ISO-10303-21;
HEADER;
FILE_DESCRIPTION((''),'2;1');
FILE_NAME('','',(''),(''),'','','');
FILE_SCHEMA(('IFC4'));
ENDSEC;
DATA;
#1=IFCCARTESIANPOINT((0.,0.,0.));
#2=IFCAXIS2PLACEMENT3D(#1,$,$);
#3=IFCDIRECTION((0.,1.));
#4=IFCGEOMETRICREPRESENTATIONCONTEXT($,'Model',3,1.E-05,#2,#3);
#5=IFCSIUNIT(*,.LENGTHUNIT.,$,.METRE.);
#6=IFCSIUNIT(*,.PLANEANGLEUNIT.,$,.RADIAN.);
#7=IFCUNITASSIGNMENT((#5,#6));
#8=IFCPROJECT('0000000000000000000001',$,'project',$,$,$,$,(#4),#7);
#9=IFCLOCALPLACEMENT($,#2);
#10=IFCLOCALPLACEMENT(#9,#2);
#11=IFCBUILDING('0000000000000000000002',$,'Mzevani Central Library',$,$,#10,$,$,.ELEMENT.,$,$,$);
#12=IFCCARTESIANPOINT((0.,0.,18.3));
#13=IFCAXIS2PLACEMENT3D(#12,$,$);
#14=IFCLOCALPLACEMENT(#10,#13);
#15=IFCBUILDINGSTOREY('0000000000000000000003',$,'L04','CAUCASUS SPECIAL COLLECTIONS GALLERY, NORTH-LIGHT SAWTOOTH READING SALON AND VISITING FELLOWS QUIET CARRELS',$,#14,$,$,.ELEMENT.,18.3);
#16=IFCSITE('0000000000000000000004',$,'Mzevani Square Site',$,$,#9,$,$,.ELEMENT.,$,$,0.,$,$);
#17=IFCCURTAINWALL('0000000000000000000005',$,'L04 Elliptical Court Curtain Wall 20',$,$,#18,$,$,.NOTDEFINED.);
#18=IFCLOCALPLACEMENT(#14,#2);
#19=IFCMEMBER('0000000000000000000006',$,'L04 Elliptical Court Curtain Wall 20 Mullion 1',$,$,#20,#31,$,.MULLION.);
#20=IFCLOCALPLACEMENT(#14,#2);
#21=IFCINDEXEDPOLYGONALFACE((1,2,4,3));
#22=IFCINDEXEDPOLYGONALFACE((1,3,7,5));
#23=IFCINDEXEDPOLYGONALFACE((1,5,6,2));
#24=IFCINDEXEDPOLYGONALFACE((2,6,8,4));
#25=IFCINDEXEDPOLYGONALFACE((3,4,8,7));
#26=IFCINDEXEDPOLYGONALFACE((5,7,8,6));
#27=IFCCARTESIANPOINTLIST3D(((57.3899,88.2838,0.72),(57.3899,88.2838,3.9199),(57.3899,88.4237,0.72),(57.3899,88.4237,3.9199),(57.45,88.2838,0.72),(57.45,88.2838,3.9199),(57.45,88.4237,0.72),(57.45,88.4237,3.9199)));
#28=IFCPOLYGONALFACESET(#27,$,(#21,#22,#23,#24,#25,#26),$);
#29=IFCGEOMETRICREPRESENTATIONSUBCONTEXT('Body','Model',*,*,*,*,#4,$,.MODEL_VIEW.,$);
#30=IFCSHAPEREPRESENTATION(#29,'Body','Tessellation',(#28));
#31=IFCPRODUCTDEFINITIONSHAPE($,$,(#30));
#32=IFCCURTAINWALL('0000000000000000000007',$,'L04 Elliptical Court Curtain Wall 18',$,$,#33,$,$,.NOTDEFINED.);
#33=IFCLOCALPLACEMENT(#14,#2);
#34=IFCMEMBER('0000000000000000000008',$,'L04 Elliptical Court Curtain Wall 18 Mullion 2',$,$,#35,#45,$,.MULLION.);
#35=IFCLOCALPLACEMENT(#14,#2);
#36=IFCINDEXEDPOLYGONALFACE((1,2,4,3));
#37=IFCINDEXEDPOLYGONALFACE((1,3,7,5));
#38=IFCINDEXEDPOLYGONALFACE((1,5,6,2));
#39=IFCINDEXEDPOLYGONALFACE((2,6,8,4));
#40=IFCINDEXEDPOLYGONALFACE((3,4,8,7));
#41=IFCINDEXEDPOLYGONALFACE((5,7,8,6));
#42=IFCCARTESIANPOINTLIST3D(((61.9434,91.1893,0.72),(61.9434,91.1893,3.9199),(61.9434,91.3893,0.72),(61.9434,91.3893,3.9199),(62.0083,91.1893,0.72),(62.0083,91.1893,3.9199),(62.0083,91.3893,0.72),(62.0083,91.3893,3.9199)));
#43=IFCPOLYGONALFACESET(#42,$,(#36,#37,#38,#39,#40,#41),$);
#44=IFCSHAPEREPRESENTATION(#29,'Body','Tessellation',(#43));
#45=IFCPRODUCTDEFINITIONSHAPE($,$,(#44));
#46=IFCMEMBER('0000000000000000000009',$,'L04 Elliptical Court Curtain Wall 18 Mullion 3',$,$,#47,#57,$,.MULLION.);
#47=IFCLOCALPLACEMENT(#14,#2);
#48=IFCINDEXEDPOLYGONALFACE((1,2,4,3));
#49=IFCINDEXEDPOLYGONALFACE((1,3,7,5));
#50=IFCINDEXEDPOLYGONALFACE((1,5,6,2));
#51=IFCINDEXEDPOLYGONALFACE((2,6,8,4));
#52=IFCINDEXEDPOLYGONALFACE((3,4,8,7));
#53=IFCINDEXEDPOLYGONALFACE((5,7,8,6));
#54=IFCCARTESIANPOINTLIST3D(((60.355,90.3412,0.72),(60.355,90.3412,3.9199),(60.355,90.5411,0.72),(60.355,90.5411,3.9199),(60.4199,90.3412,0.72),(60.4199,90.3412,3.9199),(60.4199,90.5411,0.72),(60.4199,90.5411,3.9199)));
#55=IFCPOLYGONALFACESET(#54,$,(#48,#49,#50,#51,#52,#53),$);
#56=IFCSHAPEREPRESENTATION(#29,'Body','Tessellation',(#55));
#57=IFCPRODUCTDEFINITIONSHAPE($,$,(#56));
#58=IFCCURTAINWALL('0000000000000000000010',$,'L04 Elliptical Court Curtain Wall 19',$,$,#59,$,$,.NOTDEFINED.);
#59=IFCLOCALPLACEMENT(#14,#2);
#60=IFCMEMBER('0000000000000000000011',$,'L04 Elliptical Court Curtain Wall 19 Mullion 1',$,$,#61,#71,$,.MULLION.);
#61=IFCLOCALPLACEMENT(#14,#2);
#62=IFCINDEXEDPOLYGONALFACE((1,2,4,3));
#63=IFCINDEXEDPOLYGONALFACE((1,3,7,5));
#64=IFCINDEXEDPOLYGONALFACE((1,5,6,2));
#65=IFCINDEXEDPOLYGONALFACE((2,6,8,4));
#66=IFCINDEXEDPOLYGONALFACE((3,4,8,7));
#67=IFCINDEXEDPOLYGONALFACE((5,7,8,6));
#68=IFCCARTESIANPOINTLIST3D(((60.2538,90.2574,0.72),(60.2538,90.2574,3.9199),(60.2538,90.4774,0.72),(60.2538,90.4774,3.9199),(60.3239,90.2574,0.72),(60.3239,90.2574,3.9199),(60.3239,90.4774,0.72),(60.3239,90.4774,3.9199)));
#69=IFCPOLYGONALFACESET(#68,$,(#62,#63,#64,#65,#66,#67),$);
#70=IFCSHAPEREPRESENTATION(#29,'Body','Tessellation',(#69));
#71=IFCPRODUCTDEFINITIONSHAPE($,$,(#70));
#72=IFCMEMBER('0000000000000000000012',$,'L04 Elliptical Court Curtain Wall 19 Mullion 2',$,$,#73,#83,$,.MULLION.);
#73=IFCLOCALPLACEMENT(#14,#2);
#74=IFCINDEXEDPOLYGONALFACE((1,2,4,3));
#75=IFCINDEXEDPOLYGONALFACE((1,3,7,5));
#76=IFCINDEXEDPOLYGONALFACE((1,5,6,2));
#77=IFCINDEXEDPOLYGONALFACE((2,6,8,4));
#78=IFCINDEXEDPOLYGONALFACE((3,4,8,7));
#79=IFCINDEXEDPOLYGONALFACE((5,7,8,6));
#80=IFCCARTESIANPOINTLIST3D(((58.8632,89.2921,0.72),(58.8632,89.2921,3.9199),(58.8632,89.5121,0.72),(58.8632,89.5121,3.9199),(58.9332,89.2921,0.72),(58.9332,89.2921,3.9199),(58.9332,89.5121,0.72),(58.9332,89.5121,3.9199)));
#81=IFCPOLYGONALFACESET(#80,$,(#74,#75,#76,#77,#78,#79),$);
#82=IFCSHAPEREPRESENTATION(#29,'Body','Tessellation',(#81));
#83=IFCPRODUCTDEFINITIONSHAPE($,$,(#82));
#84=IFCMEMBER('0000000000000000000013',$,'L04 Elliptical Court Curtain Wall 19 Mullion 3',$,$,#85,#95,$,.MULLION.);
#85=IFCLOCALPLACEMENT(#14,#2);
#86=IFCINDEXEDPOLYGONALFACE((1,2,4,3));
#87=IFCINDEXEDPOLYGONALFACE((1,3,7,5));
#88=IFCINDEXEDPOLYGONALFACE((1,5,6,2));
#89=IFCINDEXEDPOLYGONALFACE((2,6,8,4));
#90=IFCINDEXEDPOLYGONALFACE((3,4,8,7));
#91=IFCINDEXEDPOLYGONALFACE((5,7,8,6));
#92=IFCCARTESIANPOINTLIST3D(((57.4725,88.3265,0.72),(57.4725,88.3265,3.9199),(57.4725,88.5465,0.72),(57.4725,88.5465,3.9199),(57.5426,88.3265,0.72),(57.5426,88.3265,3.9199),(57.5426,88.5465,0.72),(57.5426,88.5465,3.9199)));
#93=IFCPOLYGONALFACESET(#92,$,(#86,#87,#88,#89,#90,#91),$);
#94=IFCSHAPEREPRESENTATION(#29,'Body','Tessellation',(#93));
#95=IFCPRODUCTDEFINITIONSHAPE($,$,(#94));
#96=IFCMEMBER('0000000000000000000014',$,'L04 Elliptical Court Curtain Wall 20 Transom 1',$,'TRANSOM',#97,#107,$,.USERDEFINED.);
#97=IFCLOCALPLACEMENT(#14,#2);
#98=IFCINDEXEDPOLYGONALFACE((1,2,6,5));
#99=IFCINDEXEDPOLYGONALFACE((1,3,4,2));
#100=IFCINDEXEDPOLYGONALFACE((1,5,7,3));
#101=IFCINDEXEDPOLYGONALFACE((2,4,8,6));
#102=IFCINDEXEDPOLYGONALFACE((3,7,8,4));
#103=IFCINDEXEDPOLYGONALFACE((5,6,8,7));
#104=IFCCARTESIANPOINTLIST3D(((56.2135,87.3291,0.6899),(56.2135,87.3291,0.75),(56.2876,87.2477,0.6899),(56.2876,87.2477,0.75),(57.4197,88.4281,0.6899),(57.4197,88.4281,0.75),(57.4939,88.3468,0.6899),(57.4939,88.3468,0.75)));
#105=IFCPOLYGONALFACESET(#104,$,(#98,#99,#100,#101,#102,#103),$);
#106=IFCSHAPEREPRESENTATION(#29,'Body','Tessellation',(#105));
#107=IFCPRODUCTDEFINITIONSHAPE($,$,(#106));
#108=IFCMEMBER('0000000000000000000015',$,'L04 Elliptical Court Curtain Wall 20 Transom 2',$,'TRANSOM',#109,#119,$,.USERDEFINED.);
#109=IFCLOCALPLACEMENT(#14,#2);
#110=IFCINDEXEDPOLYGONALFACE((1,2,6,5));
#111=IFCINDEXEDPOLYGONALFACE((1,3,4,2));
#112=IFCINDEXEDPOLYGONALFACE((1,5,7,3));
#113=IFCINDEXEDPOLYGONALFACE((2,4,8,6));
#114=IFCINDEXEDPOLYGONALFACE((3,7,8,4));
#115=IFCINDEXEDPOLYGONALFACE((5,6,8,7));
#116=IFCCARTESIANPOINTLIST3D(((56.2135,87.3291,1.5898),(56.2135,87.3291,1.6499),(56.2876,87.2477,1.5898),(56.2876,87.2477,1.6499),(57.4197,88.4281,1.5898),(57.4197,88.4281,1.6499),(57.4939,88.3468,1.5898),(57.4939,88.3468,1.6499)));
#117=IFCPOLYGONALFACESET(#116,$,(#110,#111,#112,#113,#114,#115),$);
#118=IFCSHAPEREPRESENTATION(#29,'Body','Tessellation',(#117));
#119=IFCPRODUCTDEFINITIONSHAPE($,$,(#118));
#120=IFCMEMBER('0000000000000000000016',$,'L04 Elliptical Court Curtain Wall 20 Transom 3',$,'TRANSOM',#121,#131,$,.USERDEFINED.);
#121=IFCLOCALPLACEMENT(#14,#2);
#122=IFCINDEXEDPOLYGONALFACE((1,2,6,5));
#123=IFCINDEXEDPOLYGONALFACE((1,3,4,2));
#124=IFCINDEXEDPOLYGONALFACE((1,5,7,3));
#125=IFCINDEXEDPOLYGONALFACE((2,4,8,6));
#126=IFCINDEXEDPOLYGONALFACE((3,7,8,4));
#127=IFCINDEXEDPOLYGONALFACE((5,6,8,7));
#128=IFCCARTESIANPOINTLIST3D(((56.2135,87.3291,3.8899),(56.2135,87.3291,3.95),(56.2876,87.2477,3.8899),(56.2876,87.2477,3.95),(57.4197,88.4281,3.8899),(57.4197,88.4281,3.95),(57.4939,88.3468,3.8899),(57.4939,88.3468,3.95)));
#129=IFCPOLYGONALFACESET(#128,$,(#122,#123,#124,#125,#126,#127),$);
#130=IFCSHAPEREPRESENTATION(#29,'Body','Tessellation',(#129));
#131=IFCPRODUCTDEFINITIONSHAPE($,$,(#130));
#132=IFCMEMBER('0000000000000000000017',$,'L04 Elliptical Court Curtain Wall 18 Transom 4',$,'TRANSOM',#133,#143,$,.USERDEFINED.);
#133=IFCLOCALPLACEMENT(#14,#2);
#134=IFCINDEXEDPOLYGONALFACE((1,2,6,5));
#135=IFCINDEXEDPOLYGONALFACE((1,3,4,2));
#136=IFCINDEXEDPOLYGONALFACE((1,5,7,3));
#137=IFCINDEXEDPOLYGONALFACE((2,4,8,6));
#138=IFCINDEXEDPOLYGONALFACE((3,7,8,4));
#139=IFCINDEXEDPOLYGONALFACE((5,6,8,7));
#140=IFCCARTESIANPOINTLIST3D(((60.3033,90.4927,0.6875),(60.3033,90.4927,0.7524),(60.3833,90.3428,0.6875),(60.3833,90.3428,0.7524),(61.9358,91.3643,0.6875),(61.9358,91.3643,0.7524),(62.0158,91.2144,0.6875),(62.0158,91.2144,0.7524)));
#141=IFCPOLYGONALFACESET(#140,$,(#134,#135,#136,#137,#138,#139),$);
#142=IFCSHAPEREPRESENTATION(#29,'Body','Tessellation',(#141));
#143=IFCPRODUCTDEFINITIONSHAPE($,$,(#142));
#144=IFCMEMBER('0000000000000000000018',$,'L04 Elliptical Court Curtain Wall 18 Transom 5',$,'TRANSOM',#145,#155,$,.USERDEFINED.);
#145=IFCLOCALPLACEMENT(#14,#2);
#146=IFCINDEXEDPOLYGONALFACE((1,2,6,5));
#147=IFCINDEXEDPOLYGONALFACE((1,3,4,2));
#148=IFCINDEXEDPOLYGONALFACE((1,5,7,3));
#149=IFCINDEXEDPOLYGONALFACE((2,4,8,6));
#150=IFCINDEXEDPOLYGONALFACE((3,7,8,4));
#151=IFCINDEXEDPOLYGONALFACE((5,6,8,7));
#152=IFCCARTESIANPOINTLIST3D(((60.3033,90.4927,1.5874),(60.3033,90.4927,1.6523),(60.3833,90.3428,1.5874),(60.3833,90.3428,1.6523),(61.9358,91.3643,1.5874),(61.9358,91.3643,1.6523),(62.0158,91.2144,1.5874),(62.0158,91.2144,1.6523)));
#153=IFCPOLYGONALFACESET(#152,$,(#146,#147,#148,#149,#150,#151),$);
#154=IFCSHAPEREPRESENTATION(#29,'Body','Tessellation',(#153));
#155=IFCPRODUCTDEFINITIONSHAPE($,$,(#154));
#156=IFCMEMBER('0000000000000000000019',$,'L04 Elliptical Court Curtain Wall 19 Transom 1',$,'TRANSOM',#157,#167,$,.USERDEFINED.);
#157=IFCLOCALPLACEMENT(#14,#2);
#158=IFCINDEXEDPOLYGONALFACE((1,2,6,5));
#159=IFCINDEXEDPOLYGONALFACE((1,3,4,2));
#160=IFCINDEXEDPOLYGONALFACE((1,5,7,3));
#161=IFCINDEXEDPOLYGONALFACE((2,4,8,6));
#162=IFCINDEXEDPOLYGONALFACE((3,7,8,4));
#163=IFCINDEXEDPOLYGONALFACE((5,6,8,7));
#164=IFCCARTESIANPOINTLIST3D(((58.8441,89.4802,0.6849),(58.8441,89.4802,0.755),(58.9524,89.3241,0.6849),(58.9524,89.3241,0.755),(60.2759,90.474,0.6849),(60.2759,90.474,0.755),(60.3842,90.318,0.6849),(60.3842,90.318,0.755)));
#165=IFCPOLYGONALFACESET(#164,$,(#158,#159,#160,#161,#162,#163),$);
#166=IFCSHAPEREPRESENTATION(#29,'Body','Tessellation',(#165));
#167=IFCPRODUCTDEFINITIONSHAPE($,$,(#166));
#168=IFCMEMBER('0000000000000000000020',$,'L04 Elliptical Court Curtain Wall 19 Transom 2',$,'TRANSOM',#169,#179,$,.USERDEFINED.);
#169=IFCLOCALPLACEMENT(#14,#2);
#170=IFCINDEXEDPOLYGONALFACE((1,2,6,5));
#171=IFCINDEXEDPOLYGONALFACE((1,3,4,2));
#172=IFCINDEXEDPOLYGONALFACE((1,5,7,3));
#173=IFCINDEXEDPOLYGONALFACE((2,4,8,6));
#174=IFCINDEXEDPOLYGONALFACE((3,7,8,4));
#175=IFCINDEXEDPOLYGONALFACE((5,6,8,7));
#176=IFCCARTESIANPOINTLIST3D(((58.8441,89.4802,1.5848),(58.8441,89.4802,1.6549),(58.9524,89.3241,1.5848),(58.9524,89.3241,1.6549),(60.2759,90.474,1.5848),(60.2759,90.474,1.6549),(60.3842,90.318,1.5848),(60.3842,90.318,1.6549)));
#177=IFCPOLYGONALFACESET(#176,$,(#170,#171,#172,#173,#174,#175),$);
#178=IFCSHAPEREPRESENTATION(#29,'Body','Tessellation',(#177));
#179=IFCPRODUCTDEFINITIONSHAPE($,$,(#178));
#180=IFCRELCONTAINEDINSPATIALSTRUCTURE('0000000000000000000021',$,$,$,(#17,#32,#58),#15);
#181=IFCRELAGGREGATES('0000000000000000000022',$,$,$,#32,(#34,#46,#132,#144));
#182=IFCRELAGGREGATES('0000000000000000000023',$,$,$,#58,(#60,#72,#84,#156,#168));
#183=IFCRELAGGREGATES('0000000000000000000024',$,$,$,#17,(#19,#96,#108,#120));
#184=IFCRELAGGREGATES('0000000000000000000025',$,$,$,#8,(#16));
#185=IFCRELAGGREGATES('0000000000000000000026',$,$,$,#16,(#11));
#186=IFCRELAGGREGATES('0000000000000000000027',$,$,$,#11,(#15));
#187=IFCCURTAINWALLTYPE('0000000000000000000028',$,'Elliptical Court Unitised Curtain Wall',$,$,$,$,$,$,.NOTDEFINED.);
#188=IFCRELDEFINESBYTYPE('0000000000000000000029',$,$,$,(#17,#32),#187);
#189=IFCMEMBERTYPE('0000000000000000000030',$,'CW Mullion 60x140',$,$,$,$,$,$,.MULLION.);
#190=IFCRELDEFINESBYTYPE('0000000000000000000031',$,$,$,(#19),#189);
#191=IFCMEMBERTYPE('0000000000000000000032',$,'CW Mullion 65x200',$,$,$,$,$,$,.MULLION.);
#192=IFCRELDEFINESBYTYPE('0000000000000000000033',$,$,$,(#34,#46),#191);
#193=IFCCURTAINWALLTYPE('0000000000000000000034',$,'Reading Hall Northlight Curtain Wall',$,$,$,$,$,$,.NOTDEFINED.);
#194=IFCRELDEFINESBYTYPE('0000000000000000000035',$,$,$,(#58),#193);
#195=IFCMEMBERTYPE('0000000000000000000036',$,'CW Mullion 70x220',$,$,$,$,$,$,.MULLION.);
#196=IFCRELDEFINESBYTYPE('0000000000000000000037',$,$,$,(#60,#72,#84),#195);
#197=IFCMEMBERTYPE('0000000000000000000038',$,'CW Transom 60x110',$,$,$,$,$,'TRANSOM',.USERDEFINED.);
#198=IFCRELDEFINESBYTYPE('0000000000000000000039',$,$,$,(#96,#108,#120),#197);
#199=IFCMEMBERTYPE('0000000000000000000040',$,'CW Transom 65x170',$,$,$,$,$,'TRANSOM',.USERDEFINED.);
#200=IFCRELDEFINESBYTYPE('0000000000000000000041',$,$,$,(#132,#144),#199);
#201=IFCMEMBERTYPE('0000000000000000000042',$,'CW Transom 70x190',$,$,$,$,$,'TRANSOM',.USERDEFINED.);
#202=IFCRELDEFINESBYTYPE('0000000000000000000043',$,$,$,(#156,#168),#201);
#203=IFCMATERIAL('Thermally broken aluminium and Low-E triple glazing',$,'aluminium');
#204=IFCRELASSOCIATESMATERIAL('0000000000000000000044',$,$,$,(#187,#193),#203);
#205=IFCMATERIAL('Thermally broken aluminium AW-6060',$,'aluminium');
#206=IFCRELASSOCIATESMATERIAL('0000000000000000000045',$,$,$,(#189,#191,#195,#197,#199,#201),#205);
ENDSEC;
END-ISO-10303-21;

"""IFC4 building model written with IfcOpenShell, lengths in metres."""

from ifc_helpers import new_model, si_unit, direction, frame, origin, origin_2d, place, context, subcontext, project, spatial, rectangle, extrude, material, material_profile, profile_set, type_object, element, aggregate, save


model = new_model("IFC4")

# Units and contexts
model_context = context("Model", 3, precision=1e-05, world=origin(), true_north=direction((0.0, 1.0)))
body_context = subcontext(model_context, "Body", "Model", "MODEL_VIEW")
ifc_project = project(units=[si_unit("LENGTHUNIT", "METRE"), si_unit("PLANEANGLEUNIT", "RADIAN")], contexts=[model_context])

# Site, building, storey
site_placement = place(None, origin())
site = spatial("IfcSite", under=ifc_project, at=site_placement, Name="Mzevani Square Site", CompositionType="ELEMENT", RefElevation=0.0)
building_placement = place(site_placement, origin())
building = spatial("IfcBuilding", under=site, at=building_placement, Name="Mzevani Central Library", CompositionType="ELEMENT")
storey_placement = place(building_placement, frame((0.0, 0.0, 18.3)))
storey = spatial("IfcBuildingStorey", under=building, at=storey_placement, Name="L04", Description="CAUCASUS SPECIAL COLLECTIONS GALLERY, NORTH-LIGHT SAWTOOTH READING SALON AND VISITING FELLOWS QUIET CARRELS", CompositionType="ELEMENT", Elevation=18.3)

# Curtain wall, member
ifc_material_1 = material(Name="Thermally broken aluminium and Low-E triple glazing", Category="aluminium")
curtain_wall_type_1 = type_object("IfcCurtainWallType", Name="Elliptical Court Unitised Curtain Wall", PredefinedType="NOTDEFINED", material=ifc_material_1)
curtain_wall_1_placement = place(storey_placement, origin())
curtain_wall_1 = element("IfcCurtainWall", 1, at=curtain_wall_1_placement, inside=storey, type_object=curtain_wall_type_1, Name="L04 Elliptical Court Curtain Wall 20", PredefinedType="NOTDEFINED")
ifc_material_2 = material(Name="Thermally broken aluminium AW-6060", Category="aluminium")
ifc_material_profile_1 = material_profile(ifc_material_2, rectangle(XDim=0.0601, YDim=0.1399, at=origin_2d()), Name="ALU M60x140")
ifc_profile_set_1 = profile_set([ifc_material_profile_1], Name="Thermally broken aluminium AW-6060")
member_type_1 = type_object("IfcMemberType", Name="CW Mullion 60x140", PredefinedType="MULLION", material=ifc_profile_set_1)
member_1_placement = place(storey_placement, frame((57.4199, 88.3538, 0.72), z_axis=(0.0, 0.0, 1.0), x_axis=(1.0, 0.0, 0.0)))
member_1 = element("IfcMember", 2, at=member_1_placement, type_object=member_type_1, Name="L04 Elliptical Court Curtain Wall 20 Mullion 1", PredefinedType="MULLION", context=body_context, shape_type="SweptSolid", body=[
    extrude(rectangle(XDim=0.0601, YDim=0.1399, at=origin_2d()), origin(), (0.0, 0.0, 1.0), 3.2),
])

# Curtain walls, members
curtain_wall_2_placement = place(storey_placement, origin())
curtain_wall_2 = element("IfcCurtainWall", 3, at=curtain_wall_2_placement, inside=storey, type_object=curtain_wall_type_1, Name="L04 Elliptical Court Curtain Wall 18", PredefinedType="NOTDEFINED")
ifc_material_profile_2 = material_profile(ifc_material_2, rectangle(XDim=0.0649, YDim=0.2, at=origin_2d()), Name="ALU M65x200")
ifc_profile_set_2 = profile_set([ifc_material_profile_2], Name="Thermally broken aluminium AW-6060")
member_type_2 = type_object("IfcMemberType", Name="CW Mullion 65x200", PredefinedType="MULLION", material=ifc_profile_set_2)
member_2_placement = place(storey_placement, frame((61.9758, 91.2893, 0.72), z_axis=(0.0, 0.0, 1.0), x_axis=(1.0, 0.0, 0.0)))
member_2 = element("IfcMember", 4, at=member_2_placement, type_object=member_type_2, Name="L04 Elliptical Court Curtain Wall 18 Mullion 2", PredefinedType="MULLION", context=body_context, shape_type="SweptSolid", body=[
    extrude(rectangle(XDim=0.0649, YDim=0.2, at=origin_2d()), origin(), (0.0, 0.0, 1.0), 3.2),
])
member_3_placement = place(storey_placement, frame((60.3875, 90.4412, 0.72), z_axis=(0.0, 0.0, 1.0), x_axis=(1.0, 0.0, 0.0)))
member_3 = element("IfcMember", 5, at=member_3_placement, type_object=member_type_2, Name="L04 Elliptical Court Curtain Wall 18 Mullion 3", PredefinedType="MULLION", context=body_context, shape_type="SweptSolid", body=[
    extrude(rectangle(XDim=0.0649, YDim=0.2, at=origin_2d()), origin(), (0.0, 0.0, 1.0), 3.2),
])
curtain_wall_type_2 = type_object("IfcCurtainWallType", Name="Reading Hall Northlight Curtain Wall", PredefinedType="NOTDEFINED", material=ifc_material_1)
curtain_wall_3_placement = place(storey_placement, origin())
curtain_wall_3 = element("IfcCurtainWall", 6, at=curtain_wall_3_placement, inside=storey, type_object=curtain_wall_type_2, Name="L04 Elliptical Court Curtain Wall 19", PredefinedType="NOTDEFINED")
ifc_material_profile_3 = material_profile(ifc_material_2, rectangle(XDim=0.0701, YDim=0.22, at=origin_2d()), Name="ALU M70x220")
ifc_profile_set_3 = profile_set([ifc_material_profile_3], Name="Thermally broken aluminium AW-6060")
member_type_3 = type_object("IfcMemberType", Name="CW Mullion 70x220", PredefinedType="MULLION", material=ifc_profile_set_3)
member_4_placement = place(storey_placement, frame((60.2888, 90.3674, 0.72), z_axis=(0.0, 0.0, 1.0), x_axis=(1.0, 0.0, 0.0)))
member_4 = element("IfcMember", 7, at=member_4_placement, type_object=member_type_3, Name="L04 Elliptical Court Curtain Wall 19 Mullion 1", PredefinedType="MULLION", context=body_context, shape_type="SweptSolid", body=[
    extrude(rectangle(XDim=0.0701, YDim=0.22, at=origin_2d()), origin(), (0.0, 0.0, 1.0), 3.2),
])
member_5_placement = place(storey_placement, frame((58.8982, 89.4021, 0.72), z_axis=(0.0, 0.0, 1.0), x_axis=(1.0, 0.0, 0.0)))
member_5 = element("IfcMember", 8, at=member_5_placement, type_object=member_type_3, Name="L04 Elliptical Court Curtain Wall 19 Mullion 2", PredefinedType="MULLION", context=body_context, shape_type="SweptSolid", body=[
    extrude(rectangle(XDim=0.0701, YDim=0.22, at=origin_2d()), origin(), (0.0, 0.0, 1.0), 3.2),
])
member_6_placement = place(storey_placement, frame((57.5076, 88.4365, 0.72), z_axis=(0.0, 0.0, 1.0), x_axis=(1.0, 0.0, 0.0)))
member_6 = element("IfcMember", 9, at=member_6_placement, type_object=member_type_3, Name="L04 Elliptical Court Curtain Wall 19 Mullion 3", PredefinedType="MULLION", context=body_context, shape_type="SweptSolid", body=[
    extrude(rectangle(XDim=0.0701, YDim=0.22, at=origin_2d()), origin(), (0.0, 0.0, 1.0), 3.2),
])

# Members
ifc_material_profile_4 = material_profile(ifc_material_2, rectangle(XDim=0.1101, YDim=0.0601, at=origin_2d()), Name="ALU T60x110")
ifc_profile_set_4 = profile_set([ifc_material_profile_4], Name="Thermally broken aluminium AW-6060")
member_type_4 = type_object("IfcMemberType", Name="CW Transom 60x110", ElementType="TRANSOM", PredefinedType="USERDEFINED", material=ifc_profile_set_4)
member_7_placement = place(storey_placement, frame((57.4568, 88.3875, 0.72), z_axis=(-0.739181, -0.673506, 0.0), x_axis=(0.673506, -0.739181, 0.0)))
member_7 = element("IfcMember", 10, at=member_7_placement, type_object=member_type_4, Name="L04 Elliptical Court Curtain Wall 20 Transom 1", ObjectType="TRANSOM", PredefinedType="USERDEFINED", context=body_context, shape_type="SweptSolid", body=[
    extrude(rectangle(XDim=0.1101, YDim=0.0601, at=origin_2d()), origin(), (0.0, 0.0, 1.0), 1.6318),
])
member_8_placement = place(storey_placement, frame((57.4568, 88.3875, 1.6199), z_axis=(-0.739181, -0.673506, 0.0), x_axis=(0.673506, -0.739181, 0.0)))
member_8 = element("IfcMember", 11, at=member_8_placement, type_object=member_type_4, Name="L04 Elliptical Court Curtain Wall 20 Transom 2", ObjectType="TRANSOM", PredefinedType="USERDEFINED", context=body_context, shape_type="SweptSolid", body=[
    extrude(rectangle(XDim=0.1101, YDim=0.0601, at=origin_2d()), origin(), (0.0, 0.0, 1.0), 1.6318),
])
member_9_placement = place(storey_placement, frame((57.4568, 88.3875, 3.9199), z_axis=(-0.739181, -0.673506, 0.0), x_axis=(0.673506, -0.739181, 0.0)))
member_9 = element("IfcMember", 12, at=member_9_placement, type_object=member_type_4, Name="L04 Elliptical Court Curtain Wall 20 Transom 3", ObjectType="TRANSOM", PredefinedType="USERDEFINED", context=body_context, shape_type="SweptSolid", body=[
    extrude(rectangle(XDim=0.1101, YDim=0.0601, at=origin_2d()), origin(), (0.0, 0.0, 1.0), 1.6318),
])
ifc_material_profile_5 = material_profile(ifc_material_2, rectangle(XDim=0.1699, YDim=0.0649, at=origin_2d()), Name="ALU T65x170")
ifc_profile_set_5 = profile_set([ifc_material_profile_5], Name="Thermally broken aluminium AW-6060")
member_type_5 = type_object("IfcMemberType", Name="CW Transom 65x170", ElementType="TRANSOM", PredefinedType="USERDEFINED", material=ifc_profile_set_5)
member_10_placement = place(storey_placement, frame((61.9758, 91.2893, 0.72), z_axis=(-0.882156, -0.470958, 0.0), x_axis=(0.470958, -0.882156, 0.0)))
member_10 = element("IfcMember", 13, at=member_10_placement, type_object=member_type_5, Name="L04 Elliptical Court Curtain Wall 18 Transom 4", ObjectType="TRANSOM", PredefinedType="USERDEFINED", context=body_context, shape_type="SweptSolid", body=[
    extrude(rectangle(XDim=0.1699, YDim=0.0649, at=origin_2d()), origin(), (0.0, 0.0, 1.0), 1.8506),
])
member_11_placement = place(storey_placement, frame((61.9758, 91.2893, 1.6199), z_axis=(-0.882156, -0.470958, 0.0), x_axis=(0.470958, -0.882156, 0.0)))
member_11 = element("IfcMember", 14, at=member_11_placement, type_object=member_type_5, Name="L04 Elliptical Court Curtain Wall 18 Transom 5", ObjectType="TRANSOM", PredefinedType="USERDEFINED", context=body_context, shape_type="SweptSolid", body=[
    extrude(rectangle(XDim=0.1699, YDim=0.0649, at=origin_2d()), origin(), (0.0, 0.0, 1.0), 1.8506),
])
ifc_material_profile_6 = material_profile(ifc_material_2, rectangle(XDim=0.1899, YDim=0.0701, at=origin_2d()), Name="ALU T70x190")
ifc_profile_set_6 = profile_set([ifc_material_profile_6], Name="Thermally broken aluminium AW-6060")
member_type_6 = type_object("IfcMemberType", Name="CW Transom 70x190", ElementType="TRANSOM", PredefinedType="USERDEFINED", material=ifc_profile_set_6)
member_12_placement = place(storey_placement, frame((60.3301, 90.396, 0.72), z_axis=(-0.821496, -0.570215, 0.0), x_axis=(0.570215, -0.821496, 0.0)))
member_12 = element("IfcMember", 15, at=member_12_placement, type_object=member_type_6, Name="L04 Elliptical Court Curtain Wall 19 Transom 1", ObjectType="TRANSOM", PredefinedType="USERDEFINED", context=body_context, shape_type="SweptSolid", body=[
    extrude(rectangle(XDim=0.1899, YDim=0.0701, at=origin_2d()), origin(), (0.0, 0.0, 1.0), 1.7429),
])
member_13_placement = place(storey_placement, frame((60.3301, 90.396, 1.6199), z_axis=(-0.821496, -0.570215, 0.0), x_axis=(0.570215, -0.821496, 0.0)))
member_13 = element("IfcMember", 16, at=member_13_placement, type_object=member_type_6, Name="L04 Elliptical Court Curtain Wall 19 Transom 2", ObjectType="TRANSOM", PredefinedType="USERDEFINED", context=body_context, shape_type="SweptSolid", body=[
    extrude(rectangle(XDim=0.1899, YDim=0.0701, at=origin_2d()), origin(), (0.0, 0.0, 1.0), 1.7429),
])

aggregate(curtain_wall_2, [member_2, member_3, member_10, member_11])
aggregate(curtain_wall_3, [member_4, member_5, member_6, member_12, member_13])
aggregate(curtain_wall_1, [member_1, member_7, member_8, member_9])

save(model, "model.ifc")
